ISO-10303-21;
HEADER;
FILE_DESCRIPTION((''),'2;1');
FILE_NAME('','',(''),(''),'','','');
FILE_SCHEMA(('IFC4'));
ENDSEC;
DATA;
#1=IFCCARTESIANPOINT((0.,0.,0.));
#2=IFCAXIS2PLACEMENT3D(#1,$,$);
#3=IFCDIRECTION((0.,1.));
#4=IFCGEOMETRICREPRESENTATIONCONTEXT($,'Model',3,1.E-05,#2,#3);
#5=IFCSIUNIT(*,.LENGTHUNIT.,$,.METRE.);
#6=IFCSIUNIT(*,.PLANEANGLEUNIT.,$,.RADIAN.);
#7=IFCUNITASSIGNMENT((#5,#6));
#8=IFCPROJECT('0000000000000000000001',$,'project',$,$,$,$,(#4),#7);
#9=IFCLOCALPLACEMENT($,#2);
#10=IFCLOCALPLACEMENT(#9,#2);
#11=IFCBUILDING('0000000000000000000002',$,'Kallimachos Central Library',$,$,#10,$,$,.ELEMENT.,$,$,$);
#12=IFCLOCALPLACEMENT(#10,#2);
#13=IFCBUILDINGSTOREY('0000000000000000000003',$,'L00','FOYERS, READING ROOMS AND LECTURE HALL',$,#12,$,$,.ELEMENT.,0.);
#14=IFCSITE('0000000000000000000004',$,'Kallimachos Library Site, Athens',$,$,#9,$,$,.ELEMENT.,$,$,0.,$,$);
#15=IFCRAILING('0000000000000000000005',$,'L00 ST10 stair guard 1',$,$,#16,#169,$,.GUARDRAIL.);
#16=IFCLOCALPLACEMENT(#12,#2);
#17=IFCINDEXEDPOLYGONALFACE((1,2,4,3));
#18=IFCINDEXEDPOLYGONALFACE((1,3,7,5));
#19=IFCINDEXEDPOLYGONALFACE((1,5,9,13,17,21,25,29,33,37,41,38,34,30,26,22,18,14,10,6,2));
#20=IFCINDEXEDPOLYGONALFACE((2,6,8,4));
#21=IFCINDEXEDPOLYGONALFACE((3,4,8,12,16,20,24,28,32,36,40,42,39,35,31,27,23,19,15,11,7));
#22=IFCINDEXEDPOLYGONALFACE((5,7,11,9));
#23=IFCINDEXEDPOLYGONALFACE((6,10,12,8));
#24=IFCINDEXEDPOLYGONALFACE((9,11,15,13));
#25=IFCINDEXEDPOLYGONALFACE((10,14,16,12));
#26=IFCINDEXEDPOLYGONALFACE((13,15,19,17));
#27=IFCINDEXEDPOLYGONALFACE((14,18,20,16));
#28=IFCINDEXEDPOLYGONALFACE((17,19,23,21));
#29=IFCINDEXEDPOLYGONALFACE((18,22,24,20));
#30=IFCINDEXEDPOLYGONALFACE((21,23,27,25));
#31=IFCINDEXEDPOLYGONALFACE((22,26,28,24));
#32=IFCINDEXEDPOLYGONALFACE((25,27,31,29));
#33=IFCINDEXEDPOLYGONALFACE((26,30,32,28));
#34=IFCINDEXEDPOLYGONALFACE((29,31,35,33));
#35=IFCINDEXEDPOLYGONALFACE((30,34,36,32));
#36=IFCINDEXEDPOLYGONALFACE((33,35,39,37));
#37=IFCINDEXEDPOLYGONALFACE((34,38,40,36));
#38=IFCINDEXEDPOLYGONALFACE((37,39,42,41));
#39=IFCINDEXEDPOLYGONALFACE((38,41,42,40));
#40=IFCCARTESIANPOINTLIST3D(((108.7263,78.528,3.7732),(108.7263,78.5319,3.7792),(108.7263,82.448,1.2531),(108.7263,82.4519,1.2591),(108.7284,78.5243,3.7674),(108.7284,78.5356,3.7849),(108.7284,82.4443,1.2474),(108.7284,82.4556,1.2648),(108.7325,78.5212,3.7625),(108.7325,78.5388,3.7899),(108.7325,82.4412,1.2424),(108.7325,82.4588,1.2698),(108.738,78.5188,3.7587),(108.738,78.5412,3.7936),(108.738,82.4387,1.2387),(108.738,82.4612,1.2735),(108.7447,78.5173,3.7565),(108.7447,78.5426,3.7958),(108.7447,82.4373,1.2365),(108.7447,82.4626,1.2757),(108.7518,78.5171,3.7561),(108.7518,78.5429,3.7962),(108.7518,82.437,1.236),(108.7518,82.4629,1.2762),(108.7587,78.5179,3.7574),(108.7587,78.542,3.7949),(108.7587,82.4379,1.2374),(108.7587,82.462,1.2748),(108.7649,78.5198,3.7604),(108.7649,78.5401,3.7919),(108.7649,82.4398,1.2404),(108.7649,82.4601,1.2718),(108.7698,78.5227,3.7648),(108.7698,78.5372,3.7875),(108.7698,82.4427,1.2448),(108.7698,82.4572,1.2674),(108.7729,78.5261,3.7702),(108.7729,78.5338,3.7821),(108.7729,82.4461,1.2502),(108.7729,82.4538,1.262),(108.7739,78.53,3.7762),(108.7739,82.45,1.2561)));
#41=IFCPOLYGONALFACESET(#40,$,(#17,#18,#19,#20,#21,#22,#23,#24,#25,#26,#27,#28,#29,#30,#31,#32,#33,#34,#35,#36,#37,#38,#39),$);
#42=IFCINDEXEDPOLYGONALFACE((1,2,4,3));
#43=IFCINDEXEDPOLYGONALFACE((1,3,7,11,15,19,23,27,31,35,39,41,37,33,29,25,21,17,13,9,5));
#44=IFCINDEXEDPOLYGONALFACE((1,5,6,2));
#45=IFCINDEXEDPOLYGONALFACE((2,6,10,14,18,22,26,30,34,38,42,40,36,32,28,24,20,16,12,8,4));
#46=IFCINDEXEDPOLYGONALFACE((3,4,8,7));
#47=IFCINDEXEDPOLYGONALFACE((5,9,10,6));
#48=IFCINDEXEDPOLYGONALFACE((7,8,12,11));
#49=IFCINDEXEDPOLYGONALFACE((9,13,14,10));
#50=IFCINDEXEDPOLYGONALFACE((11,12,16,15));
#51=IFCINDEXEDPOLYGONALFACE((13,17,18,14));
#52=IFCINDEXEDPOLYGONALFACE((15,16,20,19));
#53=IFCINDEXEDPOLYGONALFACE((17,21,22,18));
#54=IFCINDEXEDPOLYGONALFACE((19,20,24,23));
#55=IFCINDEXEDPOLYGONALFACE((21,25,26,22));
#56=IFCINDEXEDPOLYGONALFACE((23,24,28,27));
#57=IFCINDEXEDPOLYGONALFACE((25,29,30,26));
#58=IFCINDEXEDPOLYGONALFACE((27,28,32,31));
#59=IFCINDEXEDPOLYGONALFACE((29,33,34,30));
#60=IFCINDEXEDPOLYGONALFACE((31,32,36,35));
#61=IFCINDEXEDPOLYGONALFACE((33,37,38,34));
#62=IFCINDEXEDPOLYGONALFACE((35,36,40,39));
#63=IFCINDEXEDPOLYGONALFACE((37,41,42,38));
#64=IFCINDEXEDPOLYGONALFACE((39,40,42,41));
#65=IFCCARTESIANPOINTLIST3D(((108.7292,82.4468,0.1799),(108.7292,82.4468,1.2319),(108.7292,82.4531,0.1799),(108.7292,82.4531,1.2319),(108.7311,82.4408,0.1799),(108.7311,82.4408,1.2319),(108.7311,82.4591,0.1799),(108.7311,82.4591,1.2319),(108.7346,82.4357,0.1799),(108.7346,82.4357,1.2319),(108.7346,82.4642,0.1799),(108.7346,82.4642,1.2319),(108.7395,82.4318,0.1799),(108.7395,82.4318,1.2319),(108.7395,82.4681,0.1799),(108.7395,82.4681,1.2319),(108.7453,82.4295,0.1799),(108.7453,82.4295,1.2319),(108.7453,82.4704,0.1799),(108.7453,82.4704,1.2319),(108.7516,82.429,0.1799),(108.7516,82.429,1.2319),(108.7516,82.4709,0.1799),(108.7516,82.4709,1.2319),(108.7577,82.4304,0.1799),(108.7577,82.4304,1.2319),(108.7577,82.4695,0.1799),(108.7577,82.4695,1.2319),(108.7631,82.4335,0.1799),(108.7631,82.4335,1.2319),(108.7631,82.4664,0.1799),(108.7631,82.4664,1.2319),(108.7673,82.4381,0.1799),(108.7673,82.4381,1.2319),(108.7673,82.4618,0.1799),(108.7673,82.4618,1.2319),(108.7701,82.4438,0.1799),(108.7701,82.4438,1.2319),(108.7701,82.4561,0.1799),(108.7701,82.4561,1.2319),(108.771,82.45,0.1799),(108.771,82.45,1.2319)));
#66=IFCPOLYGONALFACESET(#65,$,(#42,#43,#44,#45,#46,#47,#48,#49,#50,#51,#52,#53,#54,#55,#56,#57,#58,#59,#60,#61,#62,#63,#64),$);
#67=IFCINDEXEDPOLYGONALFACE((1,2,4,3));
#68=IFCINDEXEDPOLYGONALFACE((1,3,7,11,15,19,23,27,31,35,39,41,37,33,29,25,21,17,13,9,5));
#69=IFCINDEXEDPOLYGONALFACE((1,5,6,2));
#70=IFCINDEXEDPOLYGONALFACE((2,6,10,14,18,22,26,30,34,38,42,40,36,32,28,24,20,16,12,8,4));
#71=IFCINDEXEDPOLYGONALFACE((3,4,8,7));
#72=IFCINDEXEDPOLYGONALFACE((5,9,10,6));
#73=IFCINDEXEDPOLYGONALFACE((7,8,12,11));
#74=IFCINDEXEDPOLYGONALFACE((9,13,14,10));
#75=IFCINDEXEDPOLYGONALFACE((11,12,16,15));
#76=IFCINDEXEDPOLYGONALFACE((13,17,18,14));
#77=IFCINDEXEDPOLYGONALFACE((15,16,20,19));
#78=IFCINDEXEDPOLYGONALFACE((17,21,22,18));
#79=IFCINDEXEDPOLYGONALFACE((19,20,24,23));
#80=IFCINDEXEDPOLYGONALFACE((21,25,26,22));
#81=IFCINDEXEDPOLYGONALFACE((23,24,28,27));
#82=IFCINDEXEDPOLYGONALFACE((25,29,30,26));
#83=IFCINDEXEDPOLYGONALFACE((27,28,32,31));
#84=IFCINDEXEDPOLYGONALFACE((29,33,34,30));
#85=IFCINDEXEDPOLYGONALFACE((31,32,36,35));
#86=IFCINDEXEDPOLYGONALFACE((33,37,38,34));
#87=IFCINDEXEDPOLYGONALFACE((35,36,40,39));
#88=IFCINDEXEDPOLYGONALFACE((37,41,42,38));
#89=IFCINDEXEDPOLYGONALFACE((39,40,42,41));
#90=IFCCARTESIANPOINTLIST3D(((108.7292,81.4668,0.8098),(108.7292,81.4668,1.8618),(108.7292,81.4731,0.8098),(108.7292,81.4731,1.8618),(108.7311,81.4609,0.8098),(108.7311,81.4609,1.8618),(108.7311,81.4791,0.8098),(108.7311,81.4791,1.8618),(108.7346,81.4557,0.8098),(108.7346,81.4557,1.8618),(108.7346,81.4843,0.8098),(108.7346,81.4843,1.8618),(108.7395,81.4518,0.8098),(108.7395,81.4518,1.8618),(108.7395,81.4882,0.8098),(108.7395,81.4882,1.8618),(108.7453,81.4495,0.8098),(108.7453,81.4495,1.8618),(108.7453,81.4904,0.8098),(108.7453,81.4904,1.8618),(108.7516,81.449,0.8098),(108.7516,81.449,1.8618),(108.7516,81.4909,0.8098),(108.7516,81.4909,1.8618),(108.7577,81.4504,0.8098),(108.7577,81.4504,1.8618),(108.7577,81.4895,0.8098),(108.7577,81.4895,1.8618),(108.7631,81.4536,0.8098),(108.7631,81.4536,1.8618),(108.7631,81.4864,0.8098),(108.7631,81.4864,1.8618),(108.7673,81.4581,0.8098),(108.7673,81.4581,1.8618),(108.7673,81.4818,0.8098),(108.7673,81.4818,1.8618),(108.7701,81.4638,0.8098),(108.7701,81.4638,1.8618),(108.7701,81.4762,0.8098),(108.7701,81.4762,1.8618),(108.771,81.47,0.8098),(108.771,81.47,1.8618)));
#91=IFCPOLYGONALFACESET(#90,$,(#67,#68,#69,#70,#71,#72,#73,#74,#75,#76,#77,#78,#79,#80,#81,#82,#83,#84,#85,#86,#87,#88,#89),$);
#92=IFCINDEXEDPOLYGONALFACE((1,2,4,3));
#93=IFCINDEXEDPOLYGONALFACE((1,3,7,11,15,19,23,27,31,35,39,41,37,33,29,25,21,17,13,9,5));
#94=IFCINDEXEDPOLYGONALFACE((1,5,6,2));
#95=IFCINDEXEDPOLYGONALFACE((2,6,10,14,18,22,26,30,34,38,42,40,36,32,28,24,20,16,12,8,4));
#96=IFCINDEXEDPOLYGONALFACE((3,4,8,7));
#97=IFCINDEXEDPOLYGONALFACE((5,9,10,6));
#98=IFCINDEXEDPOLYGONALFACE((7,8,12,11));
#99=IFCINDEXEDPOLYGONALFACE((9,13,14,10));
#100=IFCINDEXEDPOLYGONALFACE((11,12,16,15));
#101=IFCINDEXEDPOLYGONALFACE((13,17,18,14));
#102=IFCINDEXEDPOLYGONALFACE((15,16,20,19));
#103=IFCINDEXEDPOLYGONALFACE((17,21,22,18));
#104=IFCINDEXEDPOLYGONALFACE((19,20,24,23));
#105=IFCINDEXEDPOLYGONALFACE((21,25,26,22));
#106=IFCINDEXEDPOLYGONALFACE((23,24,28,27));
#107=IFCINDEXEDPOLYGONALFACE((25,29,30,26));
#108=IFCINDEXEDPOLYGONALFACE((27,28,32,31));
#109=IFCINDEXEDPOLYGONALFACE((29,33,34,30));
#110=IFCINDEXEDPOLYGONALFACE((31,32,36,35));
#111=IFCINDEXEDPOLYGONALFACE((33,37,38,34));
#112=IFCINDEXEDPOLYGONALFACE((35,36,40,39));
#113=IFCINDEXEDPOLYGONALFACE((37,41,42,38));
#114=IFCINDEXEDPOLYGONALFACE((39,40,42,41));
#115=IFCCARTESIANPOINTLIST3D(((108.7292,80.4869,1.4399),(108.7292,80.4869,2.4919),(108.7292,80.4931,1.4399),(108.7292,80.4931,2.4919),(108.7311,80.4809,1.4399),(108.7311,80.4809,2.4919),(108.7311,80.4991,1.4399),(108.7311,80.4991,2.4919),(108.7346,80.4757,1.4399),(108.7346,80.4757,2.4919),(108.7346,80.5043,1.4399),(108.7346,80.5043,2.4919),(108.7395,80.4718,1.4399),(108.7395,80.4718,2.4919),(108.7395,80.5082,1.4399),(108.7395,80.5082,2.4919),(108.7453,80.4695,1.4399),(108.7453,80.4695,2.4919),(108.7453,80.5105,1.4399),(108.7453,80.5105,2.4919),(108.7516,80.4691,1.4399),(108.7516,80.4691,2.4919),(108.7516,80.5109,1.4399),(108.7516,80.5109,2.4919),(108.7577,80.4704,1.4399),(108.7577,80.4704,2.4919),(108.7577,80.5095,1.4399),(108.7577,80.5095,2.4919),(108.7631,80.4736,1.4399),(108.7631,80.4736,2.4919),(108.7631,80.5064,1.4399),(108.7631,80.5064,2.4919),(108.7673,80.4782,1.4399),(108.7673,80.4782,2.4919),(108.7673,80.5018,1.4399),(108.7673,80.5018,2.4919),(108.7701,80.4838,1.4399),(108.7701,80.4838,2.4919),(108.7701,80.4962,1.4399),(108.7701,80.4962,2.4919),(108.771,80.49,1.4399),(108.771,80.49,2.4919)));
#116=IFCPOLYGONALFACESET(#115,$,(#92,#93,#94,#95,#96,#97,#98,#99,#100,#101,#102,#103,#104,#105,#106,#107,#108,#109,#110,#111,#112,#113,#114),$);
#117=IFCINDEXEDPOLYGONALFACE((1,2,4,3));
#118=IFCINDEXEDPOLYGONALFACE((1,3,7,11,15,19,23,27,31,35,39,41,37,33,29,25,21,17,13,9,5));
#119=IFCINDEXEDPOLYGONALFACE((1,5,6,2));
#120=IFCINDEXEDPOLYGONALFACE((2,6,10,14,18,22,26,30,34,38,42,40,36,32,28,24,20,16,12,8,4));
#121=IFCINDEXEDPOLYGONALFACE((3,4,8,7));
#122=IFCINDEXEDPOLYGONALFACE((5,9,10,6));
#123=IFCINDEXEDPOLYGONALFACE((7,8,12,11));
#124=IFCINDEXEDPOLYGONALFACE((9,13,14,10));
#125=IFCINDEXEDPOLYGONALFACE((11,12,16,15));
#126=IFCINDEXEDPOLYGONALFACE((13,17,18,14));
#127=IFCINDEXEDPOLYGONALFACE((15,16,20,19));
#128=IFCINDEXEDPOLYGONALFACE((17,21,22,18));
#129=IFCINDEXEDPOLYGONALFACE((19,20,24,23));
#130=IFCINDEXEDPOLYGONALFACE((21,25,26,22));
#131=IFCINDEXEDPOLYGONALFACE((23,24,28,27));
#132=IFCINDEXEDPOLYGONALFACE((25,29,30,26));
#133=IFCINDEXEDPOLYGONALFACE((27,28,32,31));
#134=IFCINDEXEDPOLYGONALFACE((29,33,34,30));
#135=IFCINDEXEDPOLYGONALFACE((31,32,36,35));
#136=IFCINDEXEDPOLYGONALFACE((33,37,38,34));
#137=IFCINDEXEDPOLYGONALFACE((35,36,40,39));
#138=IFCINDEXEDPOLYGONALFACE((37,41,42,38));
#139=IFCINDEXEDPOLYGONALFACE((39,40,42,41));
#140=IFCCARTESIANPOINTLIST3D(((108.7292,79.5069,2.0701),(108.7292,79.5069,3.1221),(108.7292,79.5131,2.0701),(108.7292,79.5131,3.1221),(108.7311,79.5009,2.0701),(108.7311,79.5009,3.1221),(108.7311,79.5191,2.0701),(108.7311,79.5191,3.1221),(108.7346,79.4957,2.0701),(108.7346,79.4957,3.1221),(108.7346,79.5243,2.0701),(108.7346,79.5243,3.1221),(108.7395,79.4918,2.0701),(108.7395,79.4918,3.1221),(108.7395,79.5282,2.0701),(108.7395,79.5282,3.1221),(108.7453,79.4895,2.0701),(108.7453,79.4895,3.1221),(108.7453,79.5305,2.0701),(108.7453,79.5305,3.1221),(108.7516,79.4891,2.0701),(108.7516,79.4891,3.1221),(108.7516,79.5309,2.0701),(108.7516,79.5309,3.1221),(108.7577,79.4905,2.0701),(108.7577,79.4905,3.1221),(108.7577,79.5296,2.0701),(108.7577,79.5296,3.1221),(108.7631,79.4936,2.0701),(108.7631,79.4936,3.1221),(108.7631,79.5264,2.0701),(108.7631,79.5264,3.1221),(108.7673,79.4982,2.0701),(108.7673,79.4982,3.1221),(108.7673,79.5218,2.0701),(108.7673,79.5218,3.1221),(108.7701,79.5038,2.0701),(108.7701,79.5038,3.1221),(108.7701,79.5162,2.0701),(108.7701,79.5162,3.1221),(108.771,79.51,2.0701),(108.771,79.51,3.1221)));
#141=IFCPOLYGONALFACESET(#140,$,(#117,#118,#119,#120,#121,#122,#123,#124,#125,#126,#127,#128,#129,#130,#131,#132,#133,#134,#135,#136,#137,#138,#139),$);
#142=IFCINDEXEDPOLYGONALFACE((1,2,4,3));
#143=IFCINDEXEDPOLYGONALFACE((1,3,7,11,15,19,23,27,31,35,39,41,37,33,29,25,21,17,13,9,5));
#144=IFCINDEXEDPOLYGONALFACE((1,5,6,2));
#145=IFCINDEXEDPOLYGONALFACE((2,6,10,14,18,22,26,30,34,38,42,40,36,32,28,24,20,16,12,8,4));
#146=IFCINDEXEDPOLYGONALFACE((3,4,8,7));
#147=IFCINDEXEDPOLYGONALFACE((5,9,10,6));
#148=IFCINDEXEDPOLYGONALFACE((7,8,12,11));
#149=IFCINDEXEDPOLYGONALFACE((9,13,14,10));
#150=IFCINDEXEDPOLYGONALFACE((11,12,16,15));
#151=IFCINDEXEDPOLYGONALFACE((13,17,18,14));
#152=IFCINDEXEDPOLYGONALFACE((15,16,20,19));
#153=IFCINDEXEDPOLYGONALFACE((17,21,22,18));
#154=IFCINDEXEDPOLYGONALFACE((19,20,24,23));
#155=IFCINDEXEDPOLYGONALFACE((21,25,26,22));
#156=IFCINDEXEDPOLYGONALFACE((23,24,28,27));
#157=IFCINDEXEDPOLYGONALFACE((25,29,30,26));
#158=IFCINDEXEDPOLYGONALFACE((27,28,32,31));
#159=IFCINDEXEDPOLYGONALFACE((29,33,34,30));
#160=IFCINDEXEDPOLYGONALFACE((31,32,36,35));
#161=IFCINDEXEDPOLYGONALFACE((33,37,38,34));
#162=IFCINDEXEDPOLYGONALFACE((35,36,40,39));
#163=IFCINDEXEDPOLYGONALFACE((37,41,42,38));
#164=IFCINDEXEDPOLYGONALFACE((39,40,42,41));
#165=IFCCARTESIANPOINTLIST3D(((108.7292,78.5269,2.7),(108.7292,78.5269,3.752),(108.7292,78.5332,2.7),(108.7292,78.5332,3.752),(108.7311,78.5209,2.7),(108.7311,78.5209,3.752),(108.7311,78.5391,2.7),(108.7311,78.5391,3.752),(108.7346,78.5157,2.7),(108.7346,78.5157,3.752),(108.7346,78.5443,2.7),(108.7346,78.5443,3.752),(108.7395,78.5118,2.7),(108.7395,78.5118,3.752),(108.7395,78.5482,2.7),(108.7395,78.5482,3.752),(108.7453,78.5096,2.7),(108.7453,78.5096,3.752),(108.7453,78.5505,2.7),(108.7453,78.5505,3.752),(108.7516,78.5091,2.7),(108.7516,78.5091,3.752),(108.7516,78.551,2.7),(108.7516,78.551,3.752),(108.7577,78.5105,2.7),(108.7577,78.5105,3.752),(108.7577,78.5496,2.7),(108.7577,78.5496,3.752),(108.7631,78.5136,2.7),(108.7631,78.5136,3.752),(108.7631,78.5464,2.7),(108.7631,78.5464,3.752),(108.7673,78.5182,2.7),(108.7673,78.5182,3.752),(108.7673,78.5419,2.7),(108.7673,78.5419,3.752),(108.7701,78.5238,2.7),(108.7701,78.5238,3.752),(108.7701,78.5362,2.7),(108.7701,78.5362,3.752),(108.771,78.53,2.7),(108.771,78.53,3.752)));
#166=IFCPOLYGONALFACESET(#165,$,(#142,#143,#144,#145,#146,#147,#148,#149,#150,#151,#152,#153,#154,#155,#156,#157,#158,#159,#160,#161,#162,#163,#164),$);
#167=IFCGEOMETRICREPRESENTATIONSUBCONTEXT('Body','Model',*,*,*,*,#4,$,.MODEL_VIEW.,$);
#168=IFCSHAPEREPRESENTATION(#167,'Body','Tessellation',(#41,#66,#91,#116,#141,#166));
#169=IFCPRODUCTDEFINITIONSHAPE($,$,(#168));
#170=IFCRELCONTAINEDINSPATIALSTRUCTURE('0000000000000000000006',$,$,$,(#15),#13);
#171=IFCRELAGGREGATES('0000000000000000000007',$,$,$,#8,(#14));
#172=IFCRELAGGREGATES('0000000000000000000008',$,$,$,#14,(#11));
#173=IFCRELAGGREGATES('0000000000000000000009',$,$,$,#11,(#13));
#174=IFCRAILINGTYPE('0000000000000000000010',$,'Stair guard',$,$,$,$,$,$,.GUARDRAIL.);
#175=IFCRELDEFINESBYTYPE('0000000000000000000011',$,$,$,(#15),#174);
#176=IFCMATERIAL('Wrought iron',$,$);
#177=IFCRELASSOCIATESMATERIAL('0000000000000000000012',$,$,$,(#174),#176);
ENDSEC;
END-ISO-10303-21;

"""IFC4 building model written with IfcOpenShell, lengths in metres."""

from ifc_helpers import new_model, si_unit, direction, frame, origin, origin_2d, place, context, subcontext, project, spatial, circle, extrude, material, type_object, element, save


model = new_model("IFC4")

# Units and contexts
model_context = context("Model", 3, precision=1e-05, world=origin(), true_north=direction((0.0, 1.0)))
body_context = subcontext(model_context, "Body", "Model", "MODEL_VIEW")
ifc_project = project(units=[si_unit("LENGTHUNIT", "METRE"), si_unit("PLANEANGLEUNIT", "RADIAN")], contexts=[model_context])

# Site, building, storey
site_placement = place(None, origin())
site = spatial("IfcSite", under=ifc_project, at=site_placement, Name="Kallimachos Library Site, Athens", CompositionType="ELEMENT", RefElevation=0.0)
building_placement = place(site_placement, origin())
building = spatial("IfcBuilding", under=site, at=building_placement, Name="Kallimachos Central Library", CompositionType="ELEMENT")
storey_placement = place(building_placement, origin())
storey = spatial("IfcBuildingStorey", under=building, at=storey_placement, Name="L00", Description="FOYERS, READING ROOMS AND LECTURE HALL", CompositionType="ELEMENT", Elevation=0.0)

# Railing
ifc_material_1 = material(Name="Wrought iron")
railing_type_1 = type_object("IfcRailingType", Name="Stair guard", PredefinedType="GUARDRAIL", material=ifc_material_1)
railing_1_placement = place(storey_placement, frame((108.75, 82.45, 0.1799)))
element("IfcRailing", 1, at=railing_1_placement, inside=storey, type_object=railing_type_1, Name="L00 ST10 stair guard 1", PredefinedType="GUARDRAIL", context=body_context, shape_type="SweptSolid", body=[
    extrude(circle(Radius=0.0239, at=origin_2d()), frame((0.0, 0.0, 1.0762), z_axis=(0.0, -0.841172, 0.540768), x_axis=(1.0, 0.0, 0.0)), (0.0, 0.0, 1.0), 4.6602),
    extrude(circle(Radius=0.021, at=origin_2d()), origin(), (0.0, 0.0, 1.0), 1.052),
    extrude(circle(Radius=0.021, at=origin_2d()), frame((0.0, -0.98, 0.6299)), (0.0, 0.0, 1.0), 1.052),
    extrude(circle(Radius=0.021, at=origin_2d()), frame((0.0, -1.96, 1.26)), (0.0, 0.0, 1.0), 1.052),
    extrude(circle(Radius=0.021, at=origin_2d()), frame((0.0, -2.9399, 1.8901)), (0.0, 0.0, 1.0), 1.052),
    extrude(circle(Radius=0.021, at=origin_2d()), frame((0.0, -3.9199, 2.52)), (0.0, 0.0, 1.0), 1.052),
])

save(model, "model.ifc")
